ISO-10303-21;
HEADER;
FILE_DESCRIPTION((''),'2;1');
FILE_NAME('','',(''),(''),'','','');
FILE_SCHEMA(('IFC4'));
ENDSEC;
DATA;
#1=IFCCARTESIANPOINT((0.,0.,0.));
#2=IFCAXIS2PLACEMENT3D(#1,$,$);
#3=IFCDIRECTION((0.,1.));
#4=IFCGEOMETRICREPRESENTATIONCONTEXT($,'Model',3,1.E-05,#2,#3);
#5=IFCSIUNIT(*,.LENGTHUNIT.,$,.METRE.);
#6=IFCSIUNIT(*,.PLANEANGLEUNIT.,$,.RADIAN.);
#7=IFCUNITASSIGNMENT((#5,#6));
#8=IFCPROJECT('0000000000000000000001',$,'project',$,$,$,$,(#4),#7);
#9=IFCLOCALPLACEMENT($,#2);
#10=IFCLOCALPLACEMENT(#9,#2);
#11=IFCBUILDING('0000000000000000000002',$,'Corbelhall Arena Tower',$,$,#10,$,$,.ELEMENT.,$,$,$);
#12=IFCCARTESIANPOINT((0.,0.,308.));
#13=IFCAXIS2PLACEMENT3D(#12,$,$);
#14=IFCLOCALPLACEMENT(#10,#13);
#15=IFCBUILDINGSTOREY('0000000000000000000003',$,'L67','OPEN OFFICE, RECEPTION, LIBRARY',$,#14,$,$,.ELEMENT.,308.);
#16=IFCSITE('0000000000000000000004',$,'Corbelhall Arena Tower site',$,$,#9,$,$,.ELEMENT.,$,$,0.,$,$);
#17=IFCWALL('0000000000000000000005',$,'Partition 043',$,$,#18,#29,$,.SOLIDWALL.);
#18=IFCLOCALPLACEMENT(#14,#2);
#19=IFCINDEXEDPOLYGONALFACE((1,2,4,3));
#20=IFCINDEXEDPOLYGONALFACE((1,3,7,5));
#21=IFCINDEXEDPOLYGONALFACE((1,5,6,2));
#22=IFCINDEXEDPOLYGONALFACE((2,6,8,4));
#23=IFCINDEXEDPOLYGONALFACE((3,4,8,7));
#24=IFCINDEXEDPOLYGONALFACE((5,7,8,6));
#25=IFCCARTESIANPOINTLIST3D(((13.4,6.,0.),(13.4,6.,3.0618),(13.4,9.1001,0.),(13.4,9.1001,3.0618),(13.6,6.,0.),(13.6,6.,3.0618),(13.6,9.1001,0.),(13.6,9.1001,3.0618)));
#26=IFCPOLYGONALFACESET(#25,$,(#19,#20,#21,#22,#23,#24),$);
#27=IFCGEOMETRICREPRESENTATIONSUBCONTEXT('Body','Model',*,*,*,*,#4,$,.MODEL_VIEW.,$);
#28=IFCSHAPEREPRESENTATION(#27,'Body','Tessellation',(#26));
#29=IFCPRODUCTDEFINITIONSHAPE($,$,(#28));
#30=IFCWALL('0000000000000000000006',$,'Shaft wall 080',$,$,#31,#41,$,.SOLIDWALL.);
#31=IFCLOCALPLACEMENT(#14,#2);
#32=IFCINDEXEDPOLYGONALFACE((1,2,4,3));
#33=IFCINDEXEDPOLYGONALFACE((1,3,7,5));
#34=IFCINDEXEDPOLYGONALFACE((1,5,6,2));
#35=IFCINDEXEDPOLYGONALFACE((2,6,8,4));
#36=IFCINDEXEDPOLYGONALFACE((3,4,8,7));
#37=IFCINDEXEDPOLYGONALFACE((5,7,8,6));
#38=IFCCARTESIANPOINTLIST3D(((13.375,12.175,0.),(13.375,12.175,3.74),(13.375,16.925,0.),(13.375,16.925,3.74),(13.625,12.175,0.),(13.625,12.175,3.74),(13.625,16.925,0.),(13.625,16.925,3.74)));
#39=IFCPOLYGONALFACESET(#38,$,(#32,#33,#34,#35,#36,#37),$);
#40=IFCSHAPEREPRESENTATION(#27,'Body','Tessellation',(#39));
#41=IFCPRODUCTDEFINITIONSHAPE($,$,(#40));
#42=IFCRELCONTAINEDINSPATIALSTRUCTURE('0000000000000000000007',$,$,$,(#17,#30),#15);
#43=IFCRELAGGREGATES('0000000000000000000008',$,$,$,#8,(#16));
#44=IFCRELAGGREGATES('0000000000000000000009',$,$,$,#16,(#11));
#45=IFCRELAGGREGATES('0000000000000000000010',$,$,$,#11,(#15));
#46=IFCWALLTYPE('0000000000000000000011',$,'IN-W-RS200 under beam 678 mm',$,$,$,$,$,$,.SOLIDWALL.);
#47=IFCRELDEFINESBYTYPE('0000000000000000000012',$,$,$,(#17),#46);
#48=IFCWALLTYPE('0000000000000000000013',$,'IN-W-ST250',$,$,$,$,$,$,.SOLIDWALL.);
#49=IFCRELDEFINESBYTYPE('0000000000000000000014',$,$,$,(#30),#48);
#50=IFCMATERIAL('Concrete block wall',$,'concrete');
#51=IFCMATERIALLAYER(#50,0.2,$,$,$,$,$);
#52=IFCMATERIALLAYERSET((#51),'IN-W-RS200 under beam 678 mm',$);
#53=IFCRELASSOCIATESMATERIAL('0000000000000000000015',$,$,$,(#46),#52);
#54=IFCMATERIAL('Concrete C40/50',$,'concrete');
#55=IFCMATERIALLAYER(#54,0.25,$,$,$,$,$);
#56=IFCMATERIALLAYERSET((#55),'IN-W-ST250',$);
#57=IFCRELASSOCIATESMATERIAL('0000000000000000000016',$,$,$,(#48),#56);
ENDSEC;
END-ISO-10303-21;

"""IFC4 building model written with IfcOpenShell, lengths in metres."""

from ifc_helpers import new_model, si_unit, direction, frame, frame_2d, origin, place, context, subcontext, project, spatial, rectangle, extrude, material, layer, layer_set, type_object, element, save


model = new_model("IFC4")

# Units and contexts
model_context = context("Model", 3, precision=1e-05, world=origin(), true_north=direction((0.0, 1.0)))
body_context = subcontext(model_context, "Body", "Model", "MODEL_VIEW")
ifc_project = project(units=[si_unit("LENGTHUNIT", "METRE"), si_unit("PLANEANGLEUNIT", "RADIAN")], contexts=[model_context])

# Site, building, storey
site_placement = place(None, origin())
site = spatial("IfcSite", under=ifc_project, at=site_placement, Name="Corbelhall Arena Tower site", CompositionType="ELEMENT", RefElevation=0.0)
building_placement = place(site_placement, origin())
building = spatial("IfcBuilding", under=site, at=building_placement, Name="Corbelhall Arena Tower", CompositionType="ELEMENT")
storey_placement = place(building_placement, frame((0.0, 0.0, 308.0)))
storey = spatial("IfcBuildingStorey", under=building, at=storey_placement, Name="L67", Description="OPEN OFFICE, RECEPTION, LIBRARY", CompositionType="ELEMENT", Elevation=308.0)

# Walls
ifc_material_1 = material(Name="Concrete block wall", Category="concrete")
ifc_layer_1 = layer(ifc_material_1, 0.2)
ifc_layer_set_1 = layer_set([ifc_layer_1], Name="IN-W-RS200 under beam 678 mm")
wall_type_1 = type_object("IfcWallType", Name="IN-W-RS200 under beam 678 mm", PredefinedType="SOLIDWALL", material=ifc_layer_set_1)
wall_1_placement = place(storey_placement, frame((13.5, 9.1001, 0.0), z_axis=(0.0, 0.0, 1.0), x_axis=(0.0, -1.0, 0.0)))
element("IfcWall", 1, at=wall_1_placement, inside=storey, type_object=wall_type_1, Name="Partition 043", PredefinedType="SOLIDWALL", context=body_context, shape_type="SweptSolid", body=[
    extrude(rectangle(XDim=3.1001, YDim=0.2, at=frame_2d((1.55, 0.0))), origin(), (0.0, 0.0, 1.0), 3.0618),
])
ifc_material_2 = material(Name="Concrete C40/50", Category="concrete")
ifc_layer_2 = layer(ifc_material_2, 0.25)
ifc_layer_set_2 = layer_set([ifc_layer_2], Name="IN-W-ST250")
wall_type_2 = type_object("IfcWallType", Name="IN-W-ST250", PredefinedType="SOLIDWALL", material=ifc_layer_set_2)
wall_2_placement = place(storey_placement, frame((13.5, 12.175, 0.0), z_axis=(0.0, 0.0, 1.0), x_axis=(0.0, 1.0, 0.0)))
element("IfcWall", 2, at=wall_2_placement, inside=storey, type_object=wall_type_2, Name="Shaft wall 080", PredefinedType="SOLIDWALL", context=body_context, shape_type="SweptSolid", body=[
    extrude(rectangle(XDim=4.75, YDim=0.25, at=frame_2d((2.375, 0.0))), origin(), (0.0, 0.0, 1.0), 3.74),
])

save(model, "model.ifc")
